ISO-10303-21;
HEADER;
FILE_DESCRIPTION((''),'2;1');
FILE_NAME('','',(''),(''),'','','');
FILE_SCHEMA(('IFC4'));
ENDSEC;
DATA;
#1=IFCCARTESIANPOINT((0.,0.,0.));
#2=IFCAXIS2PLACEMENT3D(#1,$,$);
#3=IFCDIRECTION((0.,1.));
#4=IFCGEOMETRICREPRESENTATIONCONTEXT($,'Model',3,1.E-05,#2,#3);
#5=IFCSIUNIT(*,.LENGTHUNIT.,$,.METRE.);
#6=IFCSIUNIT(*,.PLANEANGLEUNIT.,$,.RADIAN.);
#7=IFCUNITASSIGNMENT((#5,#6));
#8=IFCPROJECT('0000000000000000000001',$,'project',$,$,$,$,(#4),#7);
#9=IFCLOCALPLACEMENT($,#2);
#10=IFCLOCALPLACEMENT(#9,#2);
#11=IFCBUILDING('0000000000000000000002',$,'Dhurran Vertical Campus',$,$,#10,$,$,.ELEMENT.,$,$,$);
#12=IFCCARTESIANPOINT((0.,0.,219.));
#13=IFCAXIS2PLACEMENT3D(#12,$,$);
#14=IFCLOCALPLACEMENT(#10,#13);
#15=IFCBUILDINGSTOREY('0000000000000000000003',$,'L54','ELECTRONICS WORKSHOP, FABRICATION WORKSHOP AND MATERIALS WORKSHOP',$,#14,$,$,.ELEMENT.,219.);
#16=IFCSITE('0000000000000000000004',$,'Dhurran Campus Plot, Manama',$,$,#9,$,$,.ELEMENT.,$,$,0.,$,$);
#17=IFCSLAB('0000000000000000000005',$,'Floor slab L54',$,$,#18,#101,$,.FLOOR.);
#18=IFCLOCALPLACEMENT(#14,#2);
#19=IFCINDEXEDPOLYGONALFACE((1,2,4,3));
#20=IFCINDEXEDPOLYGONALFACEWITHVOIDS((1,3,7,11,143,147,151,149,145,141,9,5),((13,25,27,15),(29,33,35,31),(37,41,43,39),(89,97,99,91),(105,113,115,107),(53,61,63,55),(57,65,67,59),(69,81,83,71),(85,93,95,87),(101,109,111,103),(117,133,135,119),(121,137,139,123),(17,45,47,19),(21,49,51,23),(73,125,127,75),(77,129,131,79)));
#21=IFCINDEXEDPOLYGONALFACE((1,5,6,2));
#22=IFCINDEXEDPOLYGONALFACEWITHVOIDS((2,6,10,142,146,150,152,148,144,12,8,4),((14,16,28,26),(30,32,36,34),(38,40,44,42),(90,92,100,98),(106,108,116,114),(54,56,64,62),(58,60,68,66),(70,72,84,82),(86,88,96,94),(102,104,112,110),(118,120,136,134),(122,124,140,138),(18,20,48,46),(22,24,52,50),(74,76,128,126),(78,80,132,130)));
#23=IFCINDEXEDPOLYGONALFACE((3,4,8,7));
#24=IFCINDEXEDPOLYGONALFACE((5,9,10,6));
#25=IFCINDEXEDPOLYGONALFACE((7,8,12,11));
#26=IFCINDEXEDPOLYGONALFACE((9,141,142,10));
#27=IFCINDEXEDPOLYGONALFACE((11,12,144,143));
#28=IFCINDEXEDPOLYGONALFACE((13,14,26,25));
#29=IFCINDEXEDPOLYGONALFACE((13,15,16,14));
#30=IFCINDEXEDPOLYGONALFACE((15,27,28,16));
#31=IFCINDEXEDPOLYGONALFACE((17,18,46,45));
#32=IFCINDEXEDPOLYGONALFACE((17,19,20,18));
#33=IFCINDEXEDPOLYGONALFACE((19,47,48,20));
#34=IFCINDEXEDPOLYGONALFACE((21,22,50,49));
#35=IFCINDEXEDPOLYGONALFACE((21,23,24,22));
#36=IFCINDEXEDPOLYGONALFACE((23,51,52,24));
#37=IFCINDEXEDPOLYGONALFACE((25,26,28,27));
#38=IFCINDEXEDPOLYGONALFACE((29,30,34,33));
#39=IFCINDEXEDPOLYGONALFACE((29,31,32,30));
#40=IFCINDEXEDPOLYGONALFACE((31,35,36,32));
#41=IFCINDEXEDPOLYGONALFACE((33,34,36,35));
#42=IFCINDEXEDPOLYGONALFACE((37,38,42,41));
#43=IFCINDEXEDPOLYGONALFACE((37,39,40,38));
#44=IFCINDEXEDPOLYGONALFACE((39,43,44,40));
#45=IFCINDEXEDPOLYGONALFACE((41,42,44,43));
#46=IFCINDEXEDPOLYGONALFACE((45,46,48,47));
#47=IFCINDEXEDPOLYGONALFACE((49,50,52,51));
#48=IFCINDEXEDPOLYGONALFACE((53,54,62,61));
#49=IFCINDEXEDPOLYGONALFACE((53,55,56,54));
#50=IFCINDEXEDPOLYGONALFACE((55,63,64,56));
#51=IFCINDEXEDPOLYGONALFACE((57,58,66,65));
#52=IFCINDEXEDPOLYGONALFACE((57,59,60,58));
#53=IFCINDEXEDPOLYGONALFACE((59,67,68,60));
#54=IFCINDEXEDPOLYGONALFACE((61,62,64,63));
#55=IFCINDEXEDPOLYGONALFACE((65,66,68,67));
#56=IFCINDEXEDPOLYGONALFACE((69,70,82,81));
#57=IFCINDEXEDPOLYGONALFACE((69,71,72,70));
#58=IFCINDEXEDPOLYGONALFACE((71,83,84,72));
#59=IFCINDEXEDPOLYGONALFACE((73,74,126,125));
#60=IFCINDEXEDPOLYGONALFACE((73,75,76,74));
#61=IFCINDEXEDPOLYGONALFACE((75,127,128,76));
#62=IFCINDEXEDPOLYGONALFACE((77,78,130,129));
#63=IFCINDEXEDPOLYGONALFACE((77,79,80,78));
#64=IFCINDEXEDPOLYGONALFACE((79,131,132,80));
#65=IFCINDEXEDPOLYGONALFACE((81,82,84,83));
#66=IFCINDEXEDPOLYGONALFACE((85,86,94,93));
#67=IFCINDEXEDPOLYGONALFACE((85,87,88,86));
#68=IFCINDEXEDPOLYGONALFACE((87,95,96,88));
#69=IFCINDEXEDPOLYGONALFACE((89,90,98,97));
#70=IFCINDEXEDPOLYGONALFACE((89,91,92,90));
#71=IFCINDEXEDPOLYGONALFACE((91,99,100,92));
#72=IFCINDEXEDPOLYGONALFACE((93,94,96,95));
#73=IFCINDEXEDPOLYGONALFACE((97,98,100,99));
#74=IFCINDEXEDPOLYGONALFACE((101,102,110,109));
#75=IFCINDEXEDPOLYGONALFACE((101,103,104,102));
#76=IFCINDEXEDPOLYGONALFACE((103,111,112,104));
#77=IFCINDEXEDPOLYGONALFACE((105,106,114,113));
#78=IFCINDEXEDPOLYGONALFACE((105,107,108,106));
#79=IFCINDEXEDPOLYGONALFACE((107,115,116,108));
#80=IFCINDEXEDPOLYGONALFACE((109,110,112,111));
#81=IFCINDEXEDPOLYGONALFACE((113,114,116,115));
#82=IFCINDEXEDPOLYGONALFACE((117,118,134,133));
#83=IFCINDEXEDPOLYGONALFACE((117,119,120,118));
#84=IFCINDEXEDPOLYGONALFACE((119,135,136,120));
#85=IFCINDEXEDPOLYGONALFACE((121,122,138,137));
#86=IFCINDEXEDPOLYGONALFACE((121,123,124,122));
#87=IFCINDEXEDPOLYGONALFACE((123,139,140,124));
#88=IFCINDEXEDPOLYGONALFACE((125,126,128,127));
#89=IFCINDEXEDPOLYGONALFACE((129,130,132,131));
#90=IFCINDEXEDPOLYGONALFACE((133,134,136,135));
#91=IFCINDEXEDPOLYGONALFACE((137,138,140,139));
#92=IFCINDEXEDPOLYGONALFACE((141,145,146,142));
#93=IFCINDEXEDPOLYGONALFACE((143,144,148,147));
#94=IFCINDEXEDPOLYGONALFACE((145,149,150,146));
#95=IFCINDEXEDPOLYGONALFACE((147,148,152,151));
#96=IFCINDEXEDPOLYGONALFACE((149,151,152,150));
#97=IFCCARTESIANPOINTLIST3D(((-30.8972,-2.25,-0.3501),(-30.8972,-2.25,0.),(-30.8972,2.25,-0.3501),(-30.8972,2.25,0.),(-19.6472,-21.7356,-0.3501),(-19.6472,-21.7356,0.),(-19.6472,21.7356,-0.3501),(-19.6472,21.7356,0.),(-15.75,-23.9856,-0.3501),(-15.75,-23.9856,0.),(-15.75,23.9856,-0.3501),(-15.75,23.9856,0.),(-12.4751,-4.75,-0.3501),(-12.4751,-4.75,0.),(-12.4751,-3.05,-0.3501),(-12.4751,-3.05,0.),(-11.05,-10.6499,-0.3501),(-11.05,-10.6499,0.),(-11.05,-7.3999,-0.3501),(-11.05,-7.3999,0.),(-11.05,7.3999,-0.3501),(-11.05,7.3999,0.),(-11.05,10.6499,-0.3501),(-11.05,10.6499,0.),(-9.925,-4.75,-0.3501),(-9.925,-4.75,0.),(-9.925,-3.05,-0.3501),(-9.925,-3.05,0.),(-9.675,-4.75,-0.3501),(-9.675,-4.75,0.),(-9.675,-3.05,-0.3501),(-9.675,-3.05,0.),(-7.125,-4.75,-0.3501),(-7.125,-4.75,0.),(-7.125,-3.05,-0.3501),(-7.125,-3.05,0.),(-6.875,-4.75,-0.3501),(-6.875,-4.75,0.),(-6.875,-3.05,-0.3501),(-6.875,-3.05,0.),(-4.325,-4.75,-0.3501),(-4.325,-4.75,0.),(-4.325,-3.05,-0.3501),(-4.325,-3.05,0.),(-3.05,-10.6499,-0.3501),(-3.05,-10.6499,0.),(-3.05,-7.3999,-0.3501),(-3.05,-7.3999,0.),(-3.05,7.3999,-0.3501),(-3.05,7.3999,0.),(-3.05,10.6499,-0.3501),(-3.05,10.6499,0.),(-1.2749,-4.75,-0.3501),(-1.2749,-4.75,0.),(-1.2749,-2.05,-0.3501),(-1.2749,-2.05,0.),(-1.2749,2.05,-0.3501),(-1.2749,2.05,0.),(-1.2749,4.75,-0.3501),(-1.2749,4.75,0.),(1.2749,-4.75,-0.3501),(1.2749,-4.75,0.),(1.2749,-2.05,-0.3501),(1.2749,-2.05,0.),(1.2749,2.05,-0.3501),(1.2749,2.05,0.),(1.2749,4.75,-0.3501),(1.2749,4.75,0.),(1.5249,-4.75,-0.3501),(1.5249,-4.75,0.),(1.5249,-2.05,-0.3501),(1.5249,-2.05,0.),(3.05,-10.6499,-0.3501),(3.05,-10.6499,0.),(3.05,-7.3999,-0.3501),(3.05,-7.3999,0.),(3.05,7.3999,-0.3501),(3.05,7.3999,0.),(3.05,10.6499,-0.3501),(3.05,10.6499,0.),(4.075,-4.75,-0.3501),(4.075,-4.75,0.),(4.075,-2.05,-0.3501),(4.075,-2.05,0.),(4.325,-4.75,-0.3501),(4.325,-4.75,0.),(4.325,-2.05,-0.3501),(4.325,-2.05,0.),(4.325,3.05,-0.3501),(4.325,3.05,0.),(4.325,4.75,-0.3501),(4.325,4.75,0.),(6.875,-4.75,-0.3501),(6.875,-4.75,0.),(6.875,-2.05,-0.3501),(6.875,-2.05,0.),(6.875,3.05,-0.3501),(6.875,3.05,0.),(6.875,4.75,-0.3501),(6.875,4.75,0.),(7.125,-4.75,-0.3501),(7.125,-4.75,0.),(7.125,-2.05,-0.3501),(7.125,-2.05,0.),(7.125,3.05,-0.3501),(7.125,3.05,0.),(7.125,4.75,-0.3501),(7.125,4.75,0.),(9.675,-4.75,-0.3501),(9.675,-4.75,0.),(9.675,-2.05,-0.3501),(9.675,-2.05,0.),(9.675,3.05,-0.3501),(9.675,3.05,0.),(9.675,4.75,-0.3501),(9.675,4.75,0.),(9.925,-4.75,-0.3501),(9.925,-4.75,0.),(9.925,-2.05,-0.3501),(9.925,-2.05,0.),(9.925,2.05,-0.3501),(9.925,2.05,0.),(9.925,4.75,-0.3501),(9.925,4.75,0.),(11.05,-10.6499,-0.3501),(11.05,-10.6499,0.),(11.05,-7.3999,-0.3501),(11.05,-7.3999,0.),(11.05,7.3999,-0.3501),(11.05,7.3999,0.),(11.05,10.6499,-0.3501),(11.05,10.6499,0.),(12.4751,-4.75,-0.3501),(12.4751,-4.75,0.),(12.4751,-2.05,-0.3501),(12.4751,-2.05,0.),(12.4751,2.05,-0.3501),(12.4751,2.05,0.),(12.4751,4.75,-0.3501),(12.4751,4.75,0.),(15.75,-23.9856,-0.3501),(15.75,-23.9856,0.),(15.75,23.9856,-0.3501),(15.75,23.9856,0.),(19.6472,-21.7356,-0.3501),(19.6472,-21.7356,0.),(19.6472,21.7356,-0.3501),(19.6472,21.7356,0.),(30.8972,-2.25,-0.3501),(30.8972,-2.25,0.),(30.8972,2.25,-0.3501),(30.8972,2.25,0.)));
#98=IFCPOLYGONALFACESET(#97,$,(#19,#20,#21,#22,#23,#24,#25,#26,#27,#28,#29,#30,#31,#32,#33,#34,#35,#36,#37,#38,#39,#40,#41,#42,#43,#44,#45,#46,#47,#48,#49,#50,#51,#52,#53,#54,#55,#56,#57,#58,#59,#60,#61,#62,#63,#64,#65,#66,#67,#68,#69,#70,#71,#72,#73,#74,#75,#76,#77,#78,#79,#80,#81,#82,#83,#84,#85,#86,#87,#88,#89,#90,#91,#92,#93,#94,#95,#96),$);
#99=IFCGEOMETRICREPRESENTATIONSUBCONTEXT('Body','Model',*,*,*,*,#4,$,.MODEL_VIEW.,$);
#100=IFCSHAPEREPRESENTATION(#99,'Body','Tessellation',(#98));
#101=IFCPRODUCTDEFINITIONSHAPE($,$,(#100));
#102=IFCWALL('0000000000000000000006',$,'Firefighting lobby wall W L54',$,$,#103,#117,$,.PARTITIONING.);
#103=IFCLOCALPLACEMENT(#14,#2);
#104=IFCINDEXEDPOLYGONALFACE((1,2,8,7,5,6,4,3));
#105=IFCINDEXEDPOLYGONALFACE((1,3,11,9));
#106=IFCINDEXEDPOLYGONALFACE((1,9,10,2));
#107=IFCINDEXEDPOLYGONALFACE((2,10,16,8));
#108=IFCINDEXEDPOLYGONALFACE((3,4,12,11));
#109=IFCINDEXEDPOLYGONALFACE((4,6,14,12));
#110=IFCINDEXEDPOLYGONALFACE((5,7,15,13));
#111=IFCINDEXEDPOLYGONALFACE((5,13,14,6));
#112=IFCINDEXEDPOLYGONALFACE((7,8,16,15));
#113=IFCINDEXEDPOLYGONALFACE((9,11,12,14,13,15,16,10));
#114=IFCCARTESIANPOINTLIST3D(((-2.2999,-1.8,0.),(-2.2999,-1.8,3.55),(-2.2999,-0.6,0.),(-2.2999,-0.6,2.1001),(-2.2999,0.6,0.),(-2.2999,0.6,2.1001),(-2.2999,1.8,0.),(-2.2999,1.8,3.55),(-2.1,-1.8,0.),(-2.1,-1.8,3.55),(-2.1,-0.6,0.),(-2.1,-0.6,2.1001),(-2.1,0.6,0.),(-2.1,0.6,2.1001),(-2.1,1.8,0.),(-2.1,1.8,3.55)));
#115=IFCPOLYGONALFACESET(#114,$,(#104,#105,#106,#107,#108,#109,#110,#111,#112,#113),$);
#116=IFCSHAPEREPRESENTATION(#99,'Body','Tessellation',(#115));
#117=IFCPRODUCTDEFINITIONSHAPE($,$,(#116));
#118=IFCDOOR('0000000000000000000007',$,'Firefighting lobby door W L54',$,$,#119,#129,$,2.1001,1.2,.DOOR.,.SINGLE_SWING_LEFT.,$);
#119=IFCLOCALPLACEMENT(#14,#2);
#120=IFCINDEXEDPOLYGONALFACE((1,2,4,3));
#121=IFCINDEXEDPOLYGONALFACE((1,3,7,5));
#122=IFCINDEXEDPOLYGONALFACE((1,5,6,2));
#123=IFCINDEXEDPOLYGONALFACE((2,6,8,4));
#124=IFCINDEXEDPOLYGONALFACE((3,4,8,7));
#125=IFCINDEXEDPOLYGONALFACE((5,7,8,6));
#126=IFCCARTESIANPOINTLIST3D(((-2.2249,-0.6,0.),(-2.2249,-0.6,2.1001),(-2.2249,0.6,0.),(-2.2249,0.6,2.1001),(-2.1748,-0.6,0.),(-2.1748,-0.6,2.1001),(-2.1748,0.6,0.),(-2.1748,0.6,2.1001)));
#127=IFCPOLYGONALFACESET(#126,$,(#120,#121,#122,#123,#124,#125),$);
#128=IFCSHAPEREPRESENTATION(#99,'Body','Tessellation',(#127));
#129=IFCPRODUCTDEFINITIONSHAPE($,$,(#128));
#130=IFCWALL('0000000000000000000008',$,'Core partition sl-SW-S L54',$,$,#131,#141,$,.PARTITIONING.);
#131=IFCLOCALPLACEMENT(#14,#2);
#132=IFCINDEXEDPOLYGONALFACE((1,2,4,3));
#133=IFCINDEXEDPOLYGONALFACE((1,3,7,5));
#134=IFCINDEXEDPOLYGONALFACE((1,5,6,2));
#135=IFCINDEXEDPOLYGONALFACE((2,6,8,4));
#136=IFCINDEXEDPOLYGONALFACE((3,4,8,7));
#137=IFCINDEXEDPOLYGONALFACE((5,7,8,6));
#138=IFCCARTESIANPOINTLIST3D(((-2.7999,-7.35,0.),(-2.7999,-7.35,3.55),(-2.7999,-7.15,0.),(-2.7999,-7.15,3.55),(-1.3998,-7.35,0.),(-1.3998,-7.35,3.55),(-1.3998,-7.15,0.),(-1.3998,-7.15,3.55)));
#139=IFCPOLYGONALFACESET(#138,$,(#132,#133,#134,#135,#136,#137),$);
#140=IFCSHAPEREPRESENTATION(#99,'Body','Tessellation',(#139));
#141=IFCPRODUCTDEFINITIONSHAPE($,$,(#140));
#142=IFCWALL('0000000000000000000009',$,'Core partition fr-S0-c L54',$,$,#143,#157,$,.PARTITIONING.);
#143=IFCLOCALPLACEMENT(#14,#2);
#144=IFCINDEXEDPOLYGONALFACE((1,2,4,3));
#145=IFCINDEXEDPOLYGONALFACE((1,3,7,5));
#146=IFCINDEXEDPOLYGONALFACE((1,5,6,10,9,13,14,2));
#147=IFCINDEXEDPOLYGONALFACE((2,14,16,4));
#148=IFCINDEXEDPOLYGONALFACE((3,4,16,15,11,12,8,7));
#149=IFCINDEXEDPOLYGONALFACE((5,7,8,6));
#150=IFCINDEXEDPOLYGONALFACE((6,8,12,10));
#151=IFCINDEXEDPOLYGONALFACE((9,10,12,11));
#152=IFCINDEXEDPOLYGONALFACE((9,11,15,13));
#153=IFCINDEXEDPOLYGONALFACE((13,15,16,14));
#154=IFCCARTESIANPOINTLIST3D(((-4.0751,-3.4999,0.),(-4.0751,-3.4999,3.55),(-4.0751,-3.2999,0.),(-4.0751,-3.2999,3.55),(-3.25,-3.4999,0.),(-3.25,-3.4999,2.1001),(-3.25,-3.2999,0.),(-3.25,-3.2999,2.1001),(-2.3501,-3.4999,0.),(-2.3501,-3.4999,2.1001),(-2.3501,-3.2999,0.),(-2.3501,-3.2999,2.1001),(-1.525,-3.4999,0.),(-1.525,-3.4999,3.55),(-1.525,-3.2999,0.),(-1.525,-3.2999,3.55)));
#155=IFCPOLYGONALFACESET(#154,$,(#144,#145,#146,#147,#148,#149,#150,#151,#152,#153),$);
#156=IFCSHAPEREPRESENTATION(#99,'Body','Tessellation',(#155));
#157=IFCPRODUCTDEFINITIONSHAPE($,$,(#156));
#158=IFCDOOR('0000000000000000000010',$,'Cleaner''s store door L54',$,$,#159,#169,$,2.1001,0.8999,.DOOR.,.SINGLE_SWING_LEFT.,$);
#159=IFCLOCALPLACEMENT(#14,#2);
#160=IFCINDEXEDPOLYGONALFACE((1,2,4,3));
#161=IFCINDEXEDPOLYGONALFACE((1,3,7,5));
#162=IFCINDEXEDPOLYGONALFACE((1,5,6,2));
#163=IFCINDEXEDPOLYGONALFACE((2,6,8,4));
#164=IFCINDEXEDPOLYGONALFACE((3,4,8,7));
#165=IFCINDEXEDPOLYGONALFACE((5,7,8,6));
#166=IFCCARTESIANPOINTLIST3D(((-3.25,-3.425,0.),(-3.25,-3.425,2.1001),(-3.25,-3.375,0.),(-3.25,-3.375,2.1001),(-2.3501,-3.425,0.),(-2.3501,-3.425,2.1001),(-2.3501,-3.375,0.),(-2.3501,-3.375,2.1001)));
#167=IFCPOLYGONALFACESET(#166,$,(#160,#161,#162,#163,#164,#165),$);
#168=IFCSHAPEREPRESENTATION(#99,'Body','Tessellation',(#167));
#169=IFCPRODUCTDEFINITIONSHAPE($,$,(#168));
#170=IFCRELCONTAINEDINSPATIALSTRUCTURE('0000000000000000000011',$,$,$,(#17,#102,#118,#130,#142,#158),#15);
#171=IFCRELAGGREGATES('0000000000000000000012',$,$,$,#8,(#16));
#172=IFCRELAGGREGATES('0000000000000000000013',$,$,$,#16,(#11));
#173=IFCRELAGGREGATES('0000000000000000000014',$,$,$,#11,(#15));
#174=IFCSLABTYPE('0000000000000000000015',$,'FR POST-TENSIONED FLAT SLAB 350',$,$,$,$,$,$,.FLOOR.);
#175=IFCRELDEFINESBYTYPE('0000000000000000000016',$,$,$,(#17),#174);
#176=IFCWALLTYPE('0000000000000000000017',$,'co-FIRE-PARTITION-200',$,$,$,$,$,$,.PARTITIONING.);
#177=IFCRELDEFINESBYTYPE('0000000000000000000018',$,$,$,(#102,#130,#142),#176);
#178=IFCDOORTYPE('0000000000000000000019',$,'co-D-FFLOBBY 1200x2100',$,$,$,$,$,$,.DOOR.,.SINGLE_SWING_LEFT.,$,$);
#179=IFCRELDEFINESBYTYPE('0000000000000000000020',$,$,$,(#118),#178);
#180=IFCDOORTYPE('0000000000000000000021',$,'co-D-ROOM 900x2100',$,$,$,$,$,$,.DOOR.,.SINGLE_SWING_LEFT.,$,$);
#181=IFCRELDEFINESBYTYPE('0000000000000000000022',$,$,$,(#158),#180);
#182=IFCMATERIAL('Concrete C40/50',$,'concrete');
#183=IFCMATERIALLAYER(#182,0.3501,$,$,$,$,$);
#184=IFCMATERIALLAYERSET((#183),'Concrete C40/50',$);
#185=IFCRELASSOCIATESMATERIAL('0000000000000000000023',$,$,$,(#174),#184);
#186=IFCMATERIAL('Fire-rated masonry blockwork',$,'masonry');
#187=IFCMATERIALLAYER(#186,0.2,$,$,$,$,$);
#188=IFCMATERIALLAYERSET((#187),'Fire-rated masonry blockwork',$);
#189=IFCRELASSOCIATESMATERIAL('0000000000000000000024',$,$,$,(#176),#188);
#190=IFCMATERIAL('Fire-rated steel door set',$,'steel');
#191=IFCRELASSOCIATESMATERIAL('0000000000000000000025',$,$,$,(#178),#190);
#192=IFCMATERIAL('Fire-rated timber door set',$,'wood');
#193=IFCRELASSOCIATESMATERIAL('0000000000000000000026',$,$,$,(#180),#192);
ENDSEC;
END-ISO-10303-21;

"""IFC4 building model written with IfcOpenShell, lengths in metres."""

from ifc_helpers import new_model, si_unit, direction, frame, frame_2d, origin, place, context, subcontext, project, spatial, polyline, rectangle, outline, extrude, material, layer, layer_set, type_object, element, fill, save


model = new_model("IFC4")

# Units and contexts
model_context = context("Model", 3, precision=1e-05, world=origin(), true_north=direction((0.0, 1.0)))
body_context = subcontext(model_context, "Body", "Model", "MODEL_VIEW")
ifc_project = project(units=[si_unit("LENGTHUNIT", "METRE"), si_unit("PLANEANGLEUNIT", "RADIAN")], contexts=[model_context])

# Site, building, storey
site_placement = place(None, origin())
site = spatial("IfcSite", under=ifc_project, at=site_placement, Name="Dhurran Campus Plot, Manama", CompositionType="ELEMENT", RefElevation=0.0)
building_placement = place(site_placement, origin())
building = spatial("IfcBuilding", under=site, at=building_placement, Name="Dhurran Vertical Campus", CompositionType="ELEMENT")
storey_placement = place(building_placement, frame((0.0, 0.0, 219.0)))
storey = spatial("IfcBuildingStorey", under=building, at=storey_placement, Name="L54", Description="ELECTRONICS WORKSHOP, FABRICATION WORKSHOP AND MATERIALS WORKSHOP", CompositionType="ELEMENT", Elevation=219.0)

# Slab
ifc_material_1 = material(Name="Concrete C40/50", Category="concrete")
ifc_layer_1 = layer(ifc_material_1, 0.3501)
ifc_layer_set_1 = layer_set([ifc_layer_1], Name="Concrete C40/50")
slab_type = type_object("IfcSlabType", Name="FR POST-TENSIONED FLAT SLAB 350", PredefinedType="FLOOR", material=ifc_layer_set_1)
slab_placement = place(storey_placement, frame((0.0, 0.0, -0.3501)))
element("IfcSlab", 1, at=slab_placement, inside=storey, type_object=slab_type, Name="Floor slab L54", PredefinedType="FLOOR", context=body_context, shape_type="SweptSolid", body=[
    extrude(outline(polyline([(-15.75, -23.9856), (15.75, -23.9856), (19.6472, -21.7356), (30.8972, -2.25), (30.8972, 2.25), (19.6472, 21.7356), (15.75, 23.9856), (-15.75, 23.9856), (-19.6472, 21.7356), (-30.8972, 2.25), (-30.8972, -2.25), (-19.6472, -21.7356), (-15.75, -23.9856)]), holes=[polyline([(-1.2749, 2.05), (1.2749, 2.05), (1.2749, 4.75), (-1.2749, 4.75), (-1.2749, 2.05)]), polyline([(9.925, 2.05), (12.4751, 2.05), (12.4751, 4.75), (9.925, 4.75), (9.925, 2.05)]), polyline([(-1.2749, -4.75), (1.2749, -4.75), (1.2749, -2.05), (-1.2749, -2.05), (-1.2749, -4.75)]), polyline([(1.5249, -4.75), (4.075, -4.75), (4.075, -2.05), (1.5249, -2.05), (1.5249, -4.75)]), polyline([(4.325, -4.75), (6.875, -4.75), (6.875, -2.05), (4.325, -2.05), (4.325, -4.75)]), polyline([(7.125, -4.75), (9.675, -4.75), (9.675, -2.05), (7.125, -2.05), (7.125, -4.75)]), polyline([(9.925, -4.75), (12.4751, -4.75), (12.4751, -2.05), (9.925, -2.05), (9.925, -4.75)]), polyline([(4.325, 3.05), (6.875, 3.05), (6.875, 4.75), (4.325, 4.75), (4.325, 3.05)]), polyline([(7.125, 3.05), (9.675, 3.05), (9.675, 4.75), (7.125, 4.75), (7.125, 3.05)]), polyline([(-12.4751, -4.75), (-9.925, -4.75), (-9.925, -3.05), (-12.4751, -3.05), (-12.4751, -4.75)]), polyline([(-9.675, -4.75), (-7.125, -4.75), (-7.125, -3.05), (-9.675, -3.05), (-9.675, -4.75)]), polyline([(-6.875, -4.75), (-4.325, -4.75), (-4.325, -3.05), (-6.875, -3.05), (-6.875, -4.75)]), polyline([(-11.05, 7.3999), (-3.05, 7.3999), (-3.05, 10.6499), (-11.05, 10.6499), (-11.05, 7.3999)]), polyline([(3.05, 7.3999), (11.05, 7.3999), (11.05, 10.6499), (3.05, 10.6499), (3.05, 7.3999)]), polyline([(-11.05, -10.6499), (-3.05, -10.6499), (-3.05, -7.3999), (-11.05, -7.3999), (-11.05, -10.6499)]), polyline([(3.05, -10.6499), (11.05, -10.6499), (11.05, -7.3999), (3.05, -7.3999), (3.05, -10.6499)])]), origin(), (0.0, 0.0, 1.0), 0.3501),
])

# Wall, opening, door
ifc_material_2 = material(Name="Fire-rated masonry blockwork", Category="masonry")
ifc_layer_2 = layer(ifc_material_2, 0.2)
ifc_layer_set_2 = layer_set([ifc_layer_2], Name="Fire-rated masonry blockwork")
wall_type_1 = type_object("IfcWallType", Name="co-FIRE-PARTITION-200", PredefinedType="PARTITIONING", material=ifc_layer_set_2)
wall_1_placement = place(storey_placement, frame((-2.2, -1.8, 0.0), z_axis=(0.0, 0.0, 1.0), x_axis=(0.0, 1.0, 0.0)))
wall_1 = element("IfcWall", 2, at=wall_1_placement, inside=storey, type_object=wall_type_1, Name="Firefighting lobby wall W L54", PredefinedType="PARTITIONING", context=body_context, shape_type="SweptSolid", body=[
    extrude(rectangle(XDim=3.6001, YDim=0.2, at=frame_2d((1.8, 0.0))), origin(), (0.0, 0.0, 1.0), 3.55),
])
opening_1_placement = place(wall_1_placement, frame((1.2, 0.0, 0.0)))
opening_1 = element("IfcOpeningElement", 3, at=opening_1_placement, cuts=wall_1, PredefinedType="OPENING", context=body_context, shape_type="SweptSolid", body=[
    extrude(rectangle(XDim=1.2, YDim=2.1001, at=frame_2d((0.6001, 1.05))), frame((0.0, 0.1099, 0.0), z_axis=(0.0, -1.0, 0.0), x_axis=(1.0, 0.0, 0.0)), (0.0, 0.0, 1.0), 0.22),
])
ifc_material_3 = material(Name="Fire-rated steel door set", Category="steel")
door_type_1 = type_object("IfcDoorType", Name="co-D-FFLOBBY 1200x2100", OperationType="SINGLE_SWING_LEFT", PredefinedType="DOOR", material=ifc_material_3)
door_1_placement = place(opening_1_placement, origin())
door_1 = element("IfcDoor", 4, at=door_1_placement, inside=storey, type_object=door_type_1, Name="Firefighting lobby door W L54", OperationType="SINGLE_SWING_LEFT", OverallHeight=2.1001, OverallWidth=1.2, PredefinedType="DOOR", context=body_context, shape_type="SweptSolid", body=[
    extrude(rectangle(XDim=1.2, YDim=2.1001, at=frame_2d((0.6001, 1.05))), frame((0.0, 0.0249, 0.0), z_axis=(0.0, -1.0, 0.0), x_axis=(1.0, 0.0, 0.0)), (0.0, 0.0, 1.0), 0.05),
])
fill(opening_1, door_1)

# Wall
wall_2_placement = place(storey_placement, frame((-2.8, -7.25, 0.0), z_axis=(0.0, 0.0, 1.0), x_axis=(1.0, 0.0, 0.0)))
element("IfcWall", 5, at=wall_2_placement, inside=storey, type_object=wall_type_1, Name="Core partition sl-SW-S L54", PredefinedType="PARTITIONING", context=body_context, shape_type="SweptSolid", body=[
    extrude(rectangle(XDim=1.4001, YDim=0.2, at=frame_2d((0.7002, 0.0))), origin(), (0.0, 0.0, 1.0), 3.55),
])

# Wall, opening, door
wall_3_placement = place(storey_placement, frame((-4.075, -3.3999, 0.0), z_axis=(0.0, 0.0, 1.0), x_axis=(1.0, 0.0, 0.0)))
wall_3 = element("IfcWall", 6, at=wall_3_placement, inside=storey, type_object=wall_type_1, Name="Core partition fr-S0-c L54", PredefinedType="PARTITIONING", context=body_context, shape_type="SweptSolid", body=[
    extrude(rectangle(XDim=2.55, YDim=0.2, at=frame_2d((1.2749, 0.0))), origin(), (0.0, 0.0, 1.0), 3.55),
])
opening_2_placement = place(wall_3_placement, frame((0.825, 0.0, 0.0)))
opening_2 = element("IfcOpeningElement", 7, at=opening_2_placement, cuts=wall_3, PredefinedType="OPENING", context=body_context, shape_type="SweptSolid", body=[
    extrude(rectangle(XDim=0.8999, YDim=2.1001, at=frame_2d((0.45, 1.05))), frame((0.0, 0.1099, 0.0), z_axis=(0.0, -1.0, 0.0), x_axis=(1.0, 0.0, 0.0)), (0.0, 0.0, 1.0), 0.22),
])
ifc_material_4 = material(Name="Fire-rated timber door set", Category="wood")
door_type_2 = type_object("IfcDoorType", Name="co-D-ROOM 900x2100", OperationType="SINGLE_SWING_LEFT", PredefinedType="DOOR", material=ifc_material_4)
door_2_placement = place(opening_2_placement, origin())
door_2 = element("IfcDoor", 8, at=door_2_placement, inside=storey, type_object=door_type_2, Name="Cleaner's store door L54", OperationType="SINGLE_SWING_LEFT", OverallHeight=2.1001, OverallWidth=0.8999, PredefinedType="DOOR", context=body_context, shape_type="SweptSolid", body=[
    extrude(rectangle(XDim=0.8999, YDim=2.1001, at=frame_2d((0.45, 1.05))), frame((0.0, 0.0249, 0.0), z_axis=(0.0, -1.0, 0.0), x_axis=(1.0, 0.0, 0.0)), (0.0, 0.0, 1.0), 0.05),
])
fill(opening_2, door_2)

save(model, "model.ifc")
